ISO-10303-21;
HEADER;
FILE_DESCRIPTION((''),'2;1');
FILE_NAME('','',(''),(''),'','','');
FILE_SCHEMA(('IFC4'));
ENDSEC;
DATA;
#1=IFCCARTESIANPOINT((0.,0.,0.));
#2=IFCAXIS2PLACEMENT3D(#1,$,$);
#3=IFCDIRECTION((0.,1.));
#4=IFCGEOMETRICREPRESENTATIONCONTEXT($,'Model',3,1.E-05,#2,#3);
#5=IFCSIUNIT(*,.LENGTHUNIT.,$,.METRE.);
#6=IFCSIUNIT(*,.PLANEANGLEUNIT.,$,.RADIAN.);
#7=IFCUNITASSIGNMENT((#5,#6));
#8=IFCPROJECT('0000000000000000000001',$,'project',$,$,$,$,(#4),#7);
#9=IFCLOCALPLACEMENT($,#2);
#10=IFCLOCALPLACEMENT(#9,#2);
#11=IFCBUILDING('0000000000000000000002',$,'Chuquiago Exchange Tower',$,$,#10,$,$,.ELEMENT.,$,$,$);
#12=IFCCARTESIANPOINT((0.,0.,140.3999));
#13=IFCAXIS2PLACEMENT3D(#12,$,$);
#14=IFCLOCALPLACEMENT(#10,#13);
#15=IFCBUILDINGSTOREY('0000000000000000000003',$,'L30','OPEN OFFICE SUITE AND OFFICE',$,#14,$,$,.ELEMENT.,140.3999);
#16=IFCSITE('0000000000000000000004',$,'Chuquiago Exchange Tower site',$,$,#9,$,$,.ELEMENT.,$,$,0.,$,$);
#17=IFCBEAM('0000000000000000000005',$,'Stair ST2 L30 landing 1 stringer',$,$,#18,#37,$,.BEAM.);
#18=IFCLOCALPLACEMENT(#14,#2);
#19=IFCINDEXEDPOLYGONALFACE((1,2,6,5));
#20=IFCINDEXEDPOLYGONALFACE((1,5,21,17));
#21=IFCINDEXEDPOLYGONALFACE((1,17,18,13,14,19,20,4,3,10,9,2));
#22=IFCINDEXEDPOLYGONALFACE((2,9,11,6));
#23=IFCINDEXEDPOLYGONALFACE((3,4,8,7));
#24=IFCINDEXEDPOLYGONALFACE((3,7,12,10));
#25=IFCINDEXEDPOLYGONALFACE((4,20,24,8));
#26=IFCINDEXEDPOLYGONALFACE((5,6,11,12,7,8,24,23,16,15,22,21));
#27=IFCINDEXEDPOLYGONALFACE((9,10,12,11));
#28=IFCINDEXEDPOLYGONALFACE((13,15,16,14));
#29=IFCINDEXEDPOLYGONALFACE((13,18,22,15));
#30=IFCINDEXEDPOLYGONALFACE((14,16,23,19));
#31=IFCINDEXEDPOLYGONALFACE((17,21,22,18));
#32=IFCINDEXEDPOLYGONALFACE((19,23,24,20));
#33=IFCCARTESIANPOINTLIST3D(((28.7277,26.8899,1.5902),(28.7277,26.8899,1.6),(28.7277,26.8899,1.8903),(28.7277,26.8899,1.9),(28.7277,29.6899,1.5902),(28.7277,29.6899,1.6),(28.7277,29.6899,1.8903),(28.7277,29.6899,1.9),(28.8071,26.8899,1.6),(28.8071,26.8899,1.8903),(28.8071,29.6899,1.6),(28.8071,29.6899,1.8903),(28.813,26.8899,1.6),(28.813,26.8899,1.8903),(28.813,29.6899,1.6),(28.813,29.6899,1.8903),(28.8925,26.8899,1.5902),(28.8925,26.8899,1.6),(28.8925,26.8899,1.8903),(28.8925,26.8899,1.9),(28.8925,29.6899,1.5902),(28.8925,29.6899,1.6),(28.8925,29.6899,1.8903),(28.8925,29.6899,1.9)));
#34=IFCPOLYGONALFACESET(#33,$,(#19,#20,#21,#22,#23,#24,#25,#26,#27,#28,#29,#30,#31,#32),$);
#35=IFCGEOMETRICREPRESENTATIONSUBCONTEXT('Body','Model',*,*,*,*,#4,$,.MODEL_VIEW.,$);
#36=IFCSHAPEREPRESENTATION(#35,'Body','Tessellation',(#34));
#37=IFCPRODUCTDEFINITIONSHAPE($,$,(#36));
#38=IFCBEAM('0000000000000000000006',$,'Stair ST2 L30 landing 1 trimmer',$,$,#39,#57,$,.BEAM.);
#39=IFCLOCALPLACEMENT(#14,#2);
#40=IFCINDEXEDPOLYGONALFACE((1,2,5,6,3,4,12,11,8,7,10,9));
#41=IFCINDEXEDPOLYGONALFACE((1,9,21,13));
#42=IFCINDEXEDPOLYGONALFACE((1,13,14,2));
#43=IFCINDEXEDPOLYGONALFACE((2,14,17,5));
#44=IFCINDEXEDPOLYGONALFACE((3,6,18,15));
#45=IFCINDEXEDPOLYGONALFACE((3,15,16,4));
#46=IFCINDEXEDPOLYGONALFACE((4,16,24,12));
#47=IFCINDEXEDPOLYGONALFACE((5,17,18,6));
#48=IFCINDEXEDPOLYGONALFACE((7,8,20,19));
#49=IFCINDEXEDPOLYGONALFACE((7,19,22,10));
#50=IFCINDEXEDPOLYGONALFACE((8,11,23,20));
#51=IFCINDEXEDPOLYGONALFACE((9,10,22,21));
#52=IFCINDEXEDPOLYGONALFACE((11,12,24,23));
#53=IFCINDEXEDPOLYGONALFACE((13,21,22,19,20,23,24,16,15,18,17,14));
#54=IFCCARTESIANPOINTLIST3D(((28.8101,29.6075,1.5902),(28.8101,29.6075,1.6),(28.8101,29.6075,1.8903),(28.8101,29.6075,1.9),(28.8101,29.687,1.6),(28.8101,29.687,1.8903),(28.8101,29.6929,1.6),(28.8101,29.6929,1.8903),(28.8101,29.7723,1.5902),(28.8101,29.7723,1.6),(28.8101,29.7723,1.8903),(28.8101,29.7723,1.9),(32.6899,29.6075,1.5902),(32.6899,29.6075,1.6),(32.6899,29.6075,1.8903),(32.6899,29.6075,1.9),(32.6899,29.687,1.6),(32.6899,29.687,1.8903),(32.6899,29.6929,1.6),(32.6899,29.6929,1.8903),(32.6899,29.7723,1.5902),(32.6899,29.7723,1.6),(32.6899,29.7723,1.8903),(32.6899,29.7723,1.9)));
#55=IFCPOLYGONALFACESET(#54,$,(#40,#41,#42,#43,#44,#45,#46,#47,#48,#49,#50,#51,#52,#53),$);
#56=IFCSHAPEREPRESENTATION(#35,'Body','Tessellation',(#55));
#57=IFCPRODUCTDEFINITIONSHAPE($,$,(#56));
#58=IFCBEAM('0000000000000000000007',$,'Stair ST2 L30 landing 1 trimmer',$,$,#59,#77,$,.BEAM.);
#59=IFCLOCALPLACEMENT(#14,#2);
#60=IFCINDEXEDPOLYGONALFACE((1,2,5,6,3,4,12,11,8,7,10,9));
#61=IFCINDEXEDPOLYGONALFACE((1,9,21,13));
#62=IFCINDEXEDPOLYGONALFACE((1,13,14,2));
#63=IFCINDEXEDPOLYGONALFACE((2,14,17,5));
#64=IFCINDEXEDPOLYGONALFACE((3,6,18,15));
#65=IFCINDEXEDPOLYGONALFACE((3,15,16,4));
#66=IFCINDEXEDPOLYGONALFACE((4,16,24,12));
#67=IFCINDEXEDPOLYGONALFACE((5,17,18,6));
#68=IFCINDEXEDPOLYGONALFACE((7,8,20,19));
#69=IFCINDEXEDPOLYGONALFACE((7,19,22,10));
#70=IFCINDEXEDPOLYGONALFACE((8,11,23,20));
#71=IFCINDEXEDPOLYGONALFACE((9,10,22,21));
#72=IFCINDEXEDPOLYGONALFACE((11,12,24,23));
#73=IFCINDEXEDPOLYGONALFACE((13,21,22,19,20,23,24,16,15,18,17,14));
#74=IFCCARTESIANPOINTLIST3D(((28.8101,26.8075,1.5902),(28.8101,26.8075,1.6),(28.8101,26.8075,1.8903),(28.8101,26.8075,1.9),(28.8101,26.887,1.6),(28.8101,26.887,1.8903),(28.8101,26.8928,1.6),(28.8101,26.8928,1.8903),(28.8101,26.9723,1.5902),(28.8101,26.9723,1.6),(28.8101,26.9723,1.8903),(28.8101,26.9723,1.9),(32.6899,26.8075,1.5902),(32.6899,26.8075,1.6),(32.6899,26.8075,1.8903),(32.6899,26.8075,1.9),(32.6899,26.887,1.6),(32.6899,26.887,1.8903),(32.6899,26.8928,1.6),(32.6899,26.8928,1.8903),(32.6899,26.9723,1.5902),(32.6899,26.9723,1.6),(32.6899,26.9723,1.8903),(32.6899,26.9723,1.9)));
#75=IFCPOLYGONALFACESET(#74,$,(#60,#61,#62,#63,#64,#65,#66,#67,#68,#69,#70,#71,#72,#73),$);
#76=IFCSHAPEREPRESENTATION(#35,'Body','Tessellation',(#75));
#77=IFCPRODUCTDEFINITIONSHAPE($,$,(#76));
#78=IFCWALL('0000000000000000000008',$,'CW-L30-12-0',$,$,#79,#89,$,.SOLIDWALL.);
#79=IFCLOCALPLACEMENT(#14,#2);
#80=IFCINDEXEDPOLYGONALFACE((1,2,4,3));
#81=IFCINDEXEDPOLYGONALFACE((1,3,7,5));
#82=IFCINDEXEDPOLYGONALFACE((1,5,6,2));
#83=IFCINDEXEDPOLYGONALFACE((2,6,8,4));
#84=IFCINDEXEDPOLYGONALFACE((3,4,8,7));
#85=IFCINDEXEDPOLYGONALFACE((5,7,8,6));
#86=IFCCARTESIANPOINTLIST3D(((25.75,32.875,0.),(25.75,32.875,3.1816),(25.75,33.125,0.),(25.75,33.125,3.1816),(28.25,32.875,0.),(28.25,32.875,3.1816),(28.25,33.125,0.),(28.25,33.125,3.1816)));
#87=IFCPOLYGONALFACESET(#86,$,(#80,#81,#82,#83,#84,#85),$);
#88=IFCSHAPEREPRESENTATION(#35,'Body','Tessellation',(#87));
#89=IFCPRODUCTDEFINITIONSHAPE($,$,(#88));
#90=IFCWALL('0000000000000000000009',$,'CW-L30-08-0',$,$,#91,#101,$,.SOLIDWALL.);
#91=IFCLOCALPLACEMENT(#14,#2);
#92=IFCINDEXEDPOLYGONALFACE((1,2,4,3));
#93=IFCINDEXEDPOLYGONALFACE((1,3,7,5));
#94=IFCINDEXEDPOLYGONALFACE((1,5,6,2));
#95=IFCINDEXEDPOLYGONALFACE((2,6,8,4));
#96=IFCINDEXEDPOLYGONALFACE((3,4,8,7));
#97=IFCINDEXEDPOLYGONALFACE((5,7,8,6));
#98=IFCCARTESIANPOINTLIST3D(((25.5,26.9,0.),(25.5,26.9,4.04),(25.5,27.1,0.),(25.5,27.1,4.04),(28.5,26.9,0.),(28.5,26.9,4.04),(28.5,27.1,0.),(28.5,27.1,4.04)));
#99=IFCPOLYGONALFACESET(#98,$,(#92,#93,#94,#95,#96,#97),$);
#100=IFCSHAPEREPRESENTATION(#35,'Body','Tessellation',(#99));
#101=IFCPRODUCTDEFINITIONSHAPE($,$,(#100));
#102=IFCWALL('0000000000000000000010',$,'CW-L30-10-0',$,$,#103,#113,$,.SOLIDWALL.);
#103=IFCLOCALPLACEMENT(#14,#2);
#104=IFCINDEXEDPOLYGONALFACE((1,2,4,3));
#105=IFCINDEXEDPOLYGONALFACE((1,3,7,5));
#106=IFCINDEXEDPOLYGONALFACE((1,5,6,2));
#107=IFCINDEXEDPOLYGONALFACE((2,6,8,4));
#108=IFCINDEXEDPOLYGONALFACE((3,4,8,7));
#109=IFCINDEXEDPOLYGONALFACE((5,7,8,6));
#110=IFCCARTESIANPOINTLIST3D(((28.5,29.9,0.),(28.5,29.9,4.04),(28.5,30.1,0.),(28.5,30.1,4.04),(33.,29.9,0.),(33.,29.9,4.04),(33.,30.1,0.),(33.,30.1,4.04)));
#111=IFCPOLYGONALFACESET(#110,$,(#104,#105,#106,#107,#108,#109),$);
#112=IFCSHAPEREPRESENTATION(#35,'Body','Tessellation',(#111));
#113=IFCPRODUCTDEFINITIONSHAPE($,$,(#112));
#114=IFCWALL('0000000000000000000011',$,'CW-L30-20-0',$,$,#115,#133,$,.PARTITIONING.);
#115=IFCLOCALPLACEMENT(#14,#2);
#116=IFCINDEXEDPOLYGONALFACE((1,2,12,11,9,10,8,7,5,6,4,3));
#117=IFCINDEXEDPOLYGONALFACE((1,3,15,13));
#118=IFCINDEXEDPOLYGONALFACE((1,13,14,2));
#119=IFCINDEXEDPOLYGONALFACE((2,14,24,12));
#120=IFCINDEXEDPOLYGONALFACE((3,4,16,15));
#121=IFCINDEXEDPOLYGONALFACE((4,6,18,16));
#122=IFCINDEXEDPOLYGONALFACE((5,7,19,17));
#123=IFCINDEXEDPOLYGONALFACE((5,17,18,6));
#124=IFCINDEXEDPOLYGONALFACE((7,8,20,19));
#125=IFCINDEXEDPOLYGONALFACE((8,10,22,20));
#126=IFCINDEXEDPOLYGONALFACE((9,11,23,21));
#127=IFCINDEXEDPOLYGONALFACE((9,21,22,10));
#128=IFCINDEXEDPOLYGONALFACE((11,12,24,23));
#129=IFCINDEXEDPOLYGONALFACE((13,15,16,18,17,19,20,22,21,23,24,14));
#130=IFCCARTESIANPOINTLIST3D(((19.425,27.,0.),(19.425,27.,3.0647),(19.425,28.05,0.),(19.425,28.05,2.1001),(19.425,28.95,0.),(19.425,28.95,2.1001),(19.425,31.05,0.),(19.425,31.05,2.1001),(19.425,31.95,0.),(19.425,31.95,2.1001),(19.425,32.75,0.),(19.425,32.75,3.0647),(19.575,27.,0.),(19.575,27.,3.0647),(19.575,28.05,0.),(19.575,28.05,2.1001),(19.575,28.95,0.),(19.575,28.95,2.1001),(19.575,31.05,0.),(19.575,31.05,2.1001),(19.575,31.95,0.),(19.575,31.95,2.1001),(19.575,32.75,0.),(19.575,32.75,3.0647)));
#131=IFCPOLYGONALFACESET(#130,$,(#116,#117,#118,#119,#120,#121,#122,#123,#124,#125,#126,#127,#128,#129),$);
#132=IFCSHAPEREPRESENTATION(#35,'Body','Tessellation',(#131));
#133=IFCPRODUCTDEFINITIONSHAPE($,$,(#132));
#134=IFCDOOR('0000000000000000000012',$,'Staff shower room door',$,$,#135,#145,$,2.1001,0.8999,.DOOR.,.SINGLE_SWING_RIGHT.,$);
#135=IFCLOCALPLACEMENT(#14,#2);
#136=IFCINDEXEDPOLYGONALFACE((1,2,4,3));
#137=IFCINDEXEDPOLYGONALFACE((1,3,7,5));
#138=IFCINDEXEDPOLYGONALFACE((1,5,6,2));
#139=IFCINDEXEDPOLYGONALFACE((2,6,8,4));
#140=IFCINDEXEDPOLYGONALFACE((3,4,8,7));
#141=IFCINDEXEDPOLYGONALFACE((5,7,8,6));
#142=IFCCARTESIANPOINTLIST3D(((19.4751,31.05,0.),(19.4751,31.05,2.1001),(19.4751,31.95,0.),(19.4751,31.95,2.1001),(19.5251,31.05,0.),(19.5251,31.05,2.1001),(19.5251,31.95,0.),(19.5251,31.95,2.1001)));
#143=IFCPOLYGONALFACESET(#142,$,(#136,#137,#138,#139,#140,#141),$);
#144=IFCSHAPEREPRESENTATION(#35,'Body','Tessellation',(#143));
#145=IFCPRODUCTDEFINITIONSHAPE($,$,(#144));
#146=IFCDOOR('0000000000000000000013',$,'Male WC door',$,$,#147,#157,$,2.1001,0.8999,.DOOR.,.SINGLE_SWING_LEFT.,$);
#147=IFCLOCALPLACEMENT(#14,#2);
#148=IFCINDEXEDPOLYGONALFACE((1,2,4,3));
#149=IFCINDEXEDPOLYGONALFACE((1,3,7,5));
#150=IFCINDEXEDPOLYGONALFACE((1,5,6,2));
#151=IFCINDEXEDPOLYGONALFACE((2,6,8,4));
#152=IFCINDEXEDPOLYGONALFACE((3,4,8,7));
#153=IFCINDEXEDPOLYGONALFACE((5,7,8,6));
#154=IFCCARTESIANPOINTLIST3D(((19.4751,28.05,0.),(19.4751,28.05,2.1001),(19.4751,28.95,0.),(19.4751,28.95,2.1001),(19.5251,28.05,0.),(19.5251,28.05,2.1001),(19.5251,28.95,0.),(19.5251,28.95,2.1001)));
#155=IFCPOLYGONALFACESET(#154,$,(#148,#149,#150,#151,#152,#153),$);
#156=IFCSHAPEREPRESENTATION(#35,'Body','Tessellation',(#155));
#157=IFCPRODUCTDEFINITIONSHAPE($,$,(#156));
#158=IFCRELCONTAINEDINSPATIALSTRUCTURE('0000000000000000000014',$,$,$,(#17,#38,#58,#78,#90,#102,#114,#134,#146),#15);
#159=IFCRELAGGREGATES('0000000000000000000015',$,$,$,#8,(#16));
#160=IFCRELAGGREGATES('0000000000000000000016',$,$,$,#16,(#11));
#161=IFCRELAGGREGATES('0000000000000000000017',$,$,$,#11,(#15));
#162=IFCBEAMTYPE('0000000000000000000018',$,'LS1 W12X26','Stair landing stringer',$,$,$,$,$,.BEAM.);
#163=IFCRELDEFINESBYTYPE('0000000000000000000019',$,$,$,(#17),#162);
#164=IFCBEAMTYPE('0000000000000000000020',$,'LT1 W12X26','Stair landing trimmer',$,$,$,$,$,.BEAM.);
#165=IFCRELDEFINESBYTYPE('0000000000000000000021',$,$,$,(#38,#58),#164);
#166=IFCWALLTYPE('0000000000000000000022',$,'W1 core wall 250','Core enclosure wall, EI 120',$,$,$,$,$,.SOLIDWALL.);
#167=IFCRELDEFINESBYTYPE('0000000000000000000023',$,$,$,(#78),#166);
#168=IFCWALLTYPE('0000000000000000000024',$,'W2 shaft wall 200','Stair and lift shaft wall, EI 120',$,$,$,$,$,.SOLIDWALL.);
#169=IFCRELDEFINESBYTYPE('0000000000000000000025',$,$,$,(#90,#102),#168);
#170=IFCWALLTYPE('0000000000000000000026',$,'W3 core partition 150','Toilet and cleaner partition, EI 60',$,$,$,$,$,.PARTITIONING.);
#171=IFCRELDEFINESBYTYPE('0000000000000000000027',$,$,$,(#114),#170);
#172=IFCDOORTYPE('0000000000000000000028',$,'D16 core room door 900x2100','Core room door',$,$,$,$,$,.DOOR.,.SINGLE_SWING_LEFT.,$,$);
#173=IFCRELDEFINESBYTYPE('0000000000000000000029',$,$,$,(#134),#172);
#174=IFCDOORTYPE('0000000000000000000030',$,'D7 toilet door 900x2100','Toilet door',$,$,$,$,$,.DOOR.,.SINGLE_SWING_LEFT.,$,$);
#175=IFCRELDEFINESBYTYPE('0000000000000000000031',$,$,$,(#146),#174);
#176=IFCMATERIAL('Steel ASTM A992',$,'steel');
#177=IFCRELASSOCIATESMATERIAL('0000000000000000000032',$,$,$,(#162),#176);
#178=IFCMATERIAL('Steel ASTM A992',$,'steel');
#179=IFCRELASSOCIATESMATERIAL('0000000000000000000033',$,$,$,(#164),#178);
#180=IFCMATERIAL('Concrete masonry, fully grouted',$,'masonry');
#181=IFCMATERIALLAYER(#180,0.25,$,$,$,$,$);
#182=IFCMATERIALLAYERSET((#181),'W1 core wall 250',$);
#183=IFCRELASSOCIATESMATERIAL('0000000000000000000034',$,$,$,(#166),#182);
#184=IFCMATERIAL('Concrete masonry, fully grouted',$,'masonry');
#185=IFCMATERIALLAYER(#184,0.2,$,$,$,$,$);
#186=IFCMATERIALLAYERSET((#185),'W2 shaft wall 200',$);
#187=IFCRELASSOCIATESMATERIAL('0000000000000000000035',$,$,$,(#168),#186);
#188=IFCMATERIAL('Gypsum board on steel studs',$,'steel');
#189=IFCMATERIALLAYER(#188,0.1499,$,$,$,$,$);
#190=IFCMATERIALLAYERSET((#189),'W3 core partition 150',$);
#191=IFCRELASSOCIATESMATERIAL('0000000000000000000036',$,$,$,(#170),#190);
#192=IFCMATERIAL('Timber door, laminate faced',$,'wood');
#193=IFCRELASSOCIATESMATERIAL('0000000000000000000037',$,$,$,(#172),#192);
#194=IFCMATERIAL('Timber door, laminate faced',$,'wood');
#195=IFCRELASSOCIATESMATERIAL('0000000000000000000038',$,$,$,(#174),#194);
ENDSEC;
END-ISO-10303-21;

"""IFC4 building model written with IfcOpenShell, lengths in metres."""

from ifc_helpers import new_model, si_unit, direction, frame, frame_2d, origin, origin_2d, place, context, subcontext, project, spatial, rectangle, i_section, extrude, material, layer, layer_set, material_profile, profile_set, type_object, element, fill, save


model = new_model("IFC4")

# Units and contexts
model_context = context("Model", 3, precision=1e-05, world=origin(), true_north=direction((0.0, 1.0)))
body_context = subcontext(model_context, "Body", "Model", "MODEL_VIEW")
ifc_project = project(units=[si_unit("LENGTHUNIT", "METRE"), si_unit("PLANEANGLEUNIT", "RADIAN")], contexts=[model_context])

# Site, building, storey
site_placement = place(None, origin())
site = spatial("IfcSite", under=ifc_project, at=site_placement, Name="Chuquiago Exchange Tower site", CompositionType="ELEMENT", RefElevation=0.0)
building_placement = place(site_placement, origin())
building = spatial("IfcBuilding", under=site, at=building_placement, Name="Chuquiago Exchange Tower", CompositionType="ELEMENT")
storey_placement = place(building_placement, frame((0.0, 0.0, 140.3999)))
storey = spatial("IfcBuildingStorey", under=building, at=storey_placement, Name="L30", Description="OPEN OFFICE SUITE AND OFFICE", CompositionType="ELEMENT", Elevation=140.3999)

# Beams
ifc_material_1 = material(Name="Steel ASTM A992", Category="steel")
ifc_material_profile_1 = material_profile(ifc_material_1, i_section(OverallWidth=0.1648, OverallDepth=0.3098, WebThickness=0.0059, FlangeThickness=0.0098, at=origin_2d()), Name="W12X26")
ifc_profile_set_1 = profile_set([ifc_material_profile_1], Name="Steel ASTM A992")
beam_type_1 = type_object("IfcBeamType", Name="LS1 W12X26", Description="Stair landing stringer", PredefinedType="BEAM", material=ifc_profile_set_1)
beam_1_placement = place(storey_placement, frame((28.8101, 26.8899, 1.7451), z_axis=(0.0, 1.0, 0.0), x_axis=(-1.0, 0.0, 0.0)))
element("IfcBeam", 1, at=beam_1_placement, inside=storey, type_object=beam_type_1, Name="Stair ST2 L30 landing 1 stringer", PredefinedType="BEAM", context=body_context, shape_type="SweptSolid", body=[
    extrude(i_section(OverallWidth=0.1648, OverallDepth=0.3098, WebThickness=0.0059, FlangeThickness=0.0098, at=origin_2d()), origin(), (0.0, 0.0, 1.0), 2.8),
])
ifc_material_2 = material(Name="Steel ASTM A992", Category="steel")
ifc_material_profile_2 = material_profile(ifc_material_2, i_section(OverallWidth=0.1648, OverallDepth=0.3098, WebThickness=0.0059, FlangeThickness=0.0098, at=origin_2d()), Name="W12X26")
ifc_profile_set_2 = profile_set([ifc_material_profile_2], Name="Steel ASTM A992")
beam_type_2 = type_object("IfcBeamType", Name="LT1 W12X26", Description="Stair landing trimmer", PredefinedType="BEAM", material=ifc_profile_set_2)
for number, where, z_axis, x_axis, name in (
    (2, (28.8101, 29.6899, 1.7451), (1.0, 0.0, 0.0), (0.0, 1.0, 0.0), "Stair ST2 L30 landing 1 trimmer"),
    (3, (28.8101, 26.8899, 1.7451), (1.0, 0.0, 0.0), (0.0, 1.0, 0.0), "Stair ST2 L30 landing 1 trimmer"),
):
    element("IfcBeam", number, at=place(storey_placement, frame(where, z_axis=z_axis, x_axis=x_axis)), inside=storey, type_object=beam_type_2, Name=name, PredefinedType="BEAM", context=body_context, shape_type="SweptSolid", body=[
        extrude(i_section(OverallWidth=0.1648, OverallDepth=0.3098, WebThickness=0.0059, FlangeThickness=0.0098, at=origin_2d()), origin(), (0.0, 0.0, 1.0), 3.8799),
    ])

# Walls
ifc_material_3 = material(Name="Concrete masonry, fully grouted", Category="masonry")
ifc_layer_1 = layer(ifc_material_3, 0.25)
ifc_layer_set_1 = layer_set([ifc_layer_1], Name="W1 core wall 250")
wall_type_1 = type_object("IfcWallType", Name="W1 core wall 250", Description="Core enclosure wall, EI 120", PredefinedType="SOLIDWALL", material=ifc_layer_set_1)
wall_1_placement = place(storey_placement, frame((25.75, 33.0, 0.0), z_axis=(0.0, 0.0, 1.0), x_axis=(1.0, 0.0, 0.0)))
element("IfcWall", 4, at=wall_1_placement, inside=storey, type_object=wall_type_1, Name="CW-L30-12-0", PredefinedType="SOLIDWALL", context=body_context, shape_type="SweptSolid", body=[
    extrude(rectangle(XDim=2.5, YDim=0.25, at=frame_2d((1.25, 0.0))), origin(), (0.0, 0.0, 1.0), 3.1816),
])
ifc_material_4 = material(Name="Concrete masonry, fully grouted", Category="masonry")
ifc_layer_2 = layer(ifc_material_4, 0.2)
ifc_layer_set_2 = layer_set([ifc_layer_2], Name="W2 shaft wall 200")
wall_type_2 = type_object("IfcWallType", Name="W2 shaft wall 200", Description="Stair and lift shaft wall, EI 120", PredefinedType="SOLIDWALL", material=ifc_layer_set_2)
wall_2_placement = place(storey_placement, frame((25.5, 27.0, 0.0), z_axis=(0.0, 0.0, 1.0), x_axis=(1.0, 0.0, 0.0)))
element("IfcWall", 5, at=wall_2_placement, inside=storey, type_object=wall_type_2, Name="CW-L30-08-0", PredefinedType="SOLIDWALL", context=body_context, shape_type="SweptSolid", body=[
    extrude(rectangle(XDim=3.0, YDim=0.2, at=frame_2d((1.5, 0.0))), origin(), (0.0, 0.0, 1.0), 4.04),
])
wall_3_placement = place(storey_placement, frame((28.5, 30.0, 0.0), z_axis=(0.0, 0.0, 1.0), x_axis=(1.0, 0.0, 0.0)))
element("IfcWall", 6, at=wall_3_placement, inside=storey, type_object=wall_type_2, Name="CW-L30-10-0", PredefinedType="SOLIDWALL", context=body_context, shape_type="SweptSolid", body=[
    extrude(rectangle(XDim=4.5, YDim=0.2, at=frame_2d((2.25, 0.0))), origin(), (0.0, 0.0, 1.0), 4.04),
])

# Wall, openings, doors
ifc_material_5 = material(Name="Gypsum board on steel studs", Category="steel")
ifc_layer_3 = layer(ifc_material_5, 0.1499)
ifc_layer_set_3 = layer_set([ifc_layer_3], Name="W3 core partition 150")
wall_type_3 = type_object("IfcWallType", Name="W3 core partition 150", Description="Toilet and cleaner partition, EI 60", PredefinedType="PARTITIONING", material=ifc_layer_set_3)
wall_4_placement = place(storey_placement, frame((19.5, 27.0, 0.0), z_axis=(0.0, 0.0, 1.0), x_axis=(0.0, 1.0, 0.0)))
wall_4 = element("IfcWall", 7, at=wall_4_placement, inside=storey, type_object=wall_type_3, Name="CW-L30-20-0", PredefinedType="PARTITIONING", context=body_context, shape_type="SweptSolid", body=[
    extrude(rectangle(XDim=5.75, YDim=0.1499, at=frame_2d((2.875, 0.0))), origin(), (0.0, 0.0, 1.0), 3.0647),
])
opening_1_placement = place(wall_4_placement, frame((1.05, 0.0, 0.0)))
opening_1 = element("IfcOpeningElement", 8, at=opening_1_placement, cuts=wall_4, PredefinedType="OPENING", context=body_context, shape_type="SweptSolid", body=[
    extrude(rectangle(XDim=0.8999, YDim=2.1001, at=frame_2d((0.45, 1.05))), frame((0.0, 0.085, 0.0), z_axis=(0.0, -1.0, 0.0), x_axis=(1.0, 0.0, 0.0)), (0.0, 0.0, 1.0), 0.1699),
])
opening_2_placement = place(wall_4_placement, frame((4.05, 0.0, 0.0)))
opening_2 = element("IfcOpeningElement", 9, at=opening_2_placement, cuts=wall_4, PredefinedType="OPENING", context=body_context, shape_type="SweptSolid", body=[
    extrude(rectangle(XDim=0.8999, YDim=2.1001, at=frame_2d((0.45, 1.05))), frame((0.0, 0.085, 0.0), z_axis=(0.0, -1.0, 0.0), x_axis=(1.0, 0.0, 0.0)), (0.0, 0.0, 1.0), 0.1699),
])
ifc_material_6 = material(Name="Timber door, laminate faced", Category="wood")
door_type_1 = type_object("IfcDoorType", Name="D16 core room door 900x2100", Description="Core room door", OperationType="SINGLE_SWING_LEFT", PredefinedType="DOOR", material=ifc_material_6)
door_1_placement = place(opening_2_placement, origin())
door_1 = element("IfcDoor", 10, at=door_1_placement, inside=storey, type_object=door_type_1, Name="Staff shower room door", OperationType="SINGLE_SWING_RIGHT", OverallHeight=2.1001, OverallWidth=0.8999, PredefinedType="DOOR", context=body_context, shape_type="SweptSolid", body=[
    extrude(rectangle(XDim=0.8999, YDim=2.1001, at=frame_2d((0.45, 1.05))), frame((0.0, 0.0249, 0.0), z_axis=(0.0, -1.0, 0.0), x_axis=(1.0, 0.0, 0.0)), (0.0, 0.0, 1.0), 0.05),
])
fill(opening_2, door_1)
ifc_material_7 = material(Name="Timber door, laminate faced", Category="wood")
door_type_2 = type_object("IfcDoorType", Name="D7 toilet door 900x2100", Description="Toilet door", OperationType="SINGLE_SWING_LEFT", PredefinedType="DOOR", material=ifc_material_7)
door_2_placement = place(opening_1_placement, origin())
door_2 = element("IfcDoor", 11, at=door_2_placement, inside=storey, type_object=door_type_2, Name="Male WC door", OperationType="SINGLE_SWING_LEFT", OverallHeight=2.1001, OverallWidth=0.8999, PredefinedType="DOOR", context=body_context, shape_type="SweptSolid", body=[
    extrude(rectangle(XDim=0.8999, YDim=2.1001, at=frame_2d((0.45, 1.05))), frame((0.0, 0.0249, 0.0), z_axis=(0.0, -1.0, 0.0), x_axis=(1.0, 0.0, 0.0)), (0.0, 0.0, 1.0), 0.05),
])
fill(opening_1, door_2)

save(model, "model.ifc")
